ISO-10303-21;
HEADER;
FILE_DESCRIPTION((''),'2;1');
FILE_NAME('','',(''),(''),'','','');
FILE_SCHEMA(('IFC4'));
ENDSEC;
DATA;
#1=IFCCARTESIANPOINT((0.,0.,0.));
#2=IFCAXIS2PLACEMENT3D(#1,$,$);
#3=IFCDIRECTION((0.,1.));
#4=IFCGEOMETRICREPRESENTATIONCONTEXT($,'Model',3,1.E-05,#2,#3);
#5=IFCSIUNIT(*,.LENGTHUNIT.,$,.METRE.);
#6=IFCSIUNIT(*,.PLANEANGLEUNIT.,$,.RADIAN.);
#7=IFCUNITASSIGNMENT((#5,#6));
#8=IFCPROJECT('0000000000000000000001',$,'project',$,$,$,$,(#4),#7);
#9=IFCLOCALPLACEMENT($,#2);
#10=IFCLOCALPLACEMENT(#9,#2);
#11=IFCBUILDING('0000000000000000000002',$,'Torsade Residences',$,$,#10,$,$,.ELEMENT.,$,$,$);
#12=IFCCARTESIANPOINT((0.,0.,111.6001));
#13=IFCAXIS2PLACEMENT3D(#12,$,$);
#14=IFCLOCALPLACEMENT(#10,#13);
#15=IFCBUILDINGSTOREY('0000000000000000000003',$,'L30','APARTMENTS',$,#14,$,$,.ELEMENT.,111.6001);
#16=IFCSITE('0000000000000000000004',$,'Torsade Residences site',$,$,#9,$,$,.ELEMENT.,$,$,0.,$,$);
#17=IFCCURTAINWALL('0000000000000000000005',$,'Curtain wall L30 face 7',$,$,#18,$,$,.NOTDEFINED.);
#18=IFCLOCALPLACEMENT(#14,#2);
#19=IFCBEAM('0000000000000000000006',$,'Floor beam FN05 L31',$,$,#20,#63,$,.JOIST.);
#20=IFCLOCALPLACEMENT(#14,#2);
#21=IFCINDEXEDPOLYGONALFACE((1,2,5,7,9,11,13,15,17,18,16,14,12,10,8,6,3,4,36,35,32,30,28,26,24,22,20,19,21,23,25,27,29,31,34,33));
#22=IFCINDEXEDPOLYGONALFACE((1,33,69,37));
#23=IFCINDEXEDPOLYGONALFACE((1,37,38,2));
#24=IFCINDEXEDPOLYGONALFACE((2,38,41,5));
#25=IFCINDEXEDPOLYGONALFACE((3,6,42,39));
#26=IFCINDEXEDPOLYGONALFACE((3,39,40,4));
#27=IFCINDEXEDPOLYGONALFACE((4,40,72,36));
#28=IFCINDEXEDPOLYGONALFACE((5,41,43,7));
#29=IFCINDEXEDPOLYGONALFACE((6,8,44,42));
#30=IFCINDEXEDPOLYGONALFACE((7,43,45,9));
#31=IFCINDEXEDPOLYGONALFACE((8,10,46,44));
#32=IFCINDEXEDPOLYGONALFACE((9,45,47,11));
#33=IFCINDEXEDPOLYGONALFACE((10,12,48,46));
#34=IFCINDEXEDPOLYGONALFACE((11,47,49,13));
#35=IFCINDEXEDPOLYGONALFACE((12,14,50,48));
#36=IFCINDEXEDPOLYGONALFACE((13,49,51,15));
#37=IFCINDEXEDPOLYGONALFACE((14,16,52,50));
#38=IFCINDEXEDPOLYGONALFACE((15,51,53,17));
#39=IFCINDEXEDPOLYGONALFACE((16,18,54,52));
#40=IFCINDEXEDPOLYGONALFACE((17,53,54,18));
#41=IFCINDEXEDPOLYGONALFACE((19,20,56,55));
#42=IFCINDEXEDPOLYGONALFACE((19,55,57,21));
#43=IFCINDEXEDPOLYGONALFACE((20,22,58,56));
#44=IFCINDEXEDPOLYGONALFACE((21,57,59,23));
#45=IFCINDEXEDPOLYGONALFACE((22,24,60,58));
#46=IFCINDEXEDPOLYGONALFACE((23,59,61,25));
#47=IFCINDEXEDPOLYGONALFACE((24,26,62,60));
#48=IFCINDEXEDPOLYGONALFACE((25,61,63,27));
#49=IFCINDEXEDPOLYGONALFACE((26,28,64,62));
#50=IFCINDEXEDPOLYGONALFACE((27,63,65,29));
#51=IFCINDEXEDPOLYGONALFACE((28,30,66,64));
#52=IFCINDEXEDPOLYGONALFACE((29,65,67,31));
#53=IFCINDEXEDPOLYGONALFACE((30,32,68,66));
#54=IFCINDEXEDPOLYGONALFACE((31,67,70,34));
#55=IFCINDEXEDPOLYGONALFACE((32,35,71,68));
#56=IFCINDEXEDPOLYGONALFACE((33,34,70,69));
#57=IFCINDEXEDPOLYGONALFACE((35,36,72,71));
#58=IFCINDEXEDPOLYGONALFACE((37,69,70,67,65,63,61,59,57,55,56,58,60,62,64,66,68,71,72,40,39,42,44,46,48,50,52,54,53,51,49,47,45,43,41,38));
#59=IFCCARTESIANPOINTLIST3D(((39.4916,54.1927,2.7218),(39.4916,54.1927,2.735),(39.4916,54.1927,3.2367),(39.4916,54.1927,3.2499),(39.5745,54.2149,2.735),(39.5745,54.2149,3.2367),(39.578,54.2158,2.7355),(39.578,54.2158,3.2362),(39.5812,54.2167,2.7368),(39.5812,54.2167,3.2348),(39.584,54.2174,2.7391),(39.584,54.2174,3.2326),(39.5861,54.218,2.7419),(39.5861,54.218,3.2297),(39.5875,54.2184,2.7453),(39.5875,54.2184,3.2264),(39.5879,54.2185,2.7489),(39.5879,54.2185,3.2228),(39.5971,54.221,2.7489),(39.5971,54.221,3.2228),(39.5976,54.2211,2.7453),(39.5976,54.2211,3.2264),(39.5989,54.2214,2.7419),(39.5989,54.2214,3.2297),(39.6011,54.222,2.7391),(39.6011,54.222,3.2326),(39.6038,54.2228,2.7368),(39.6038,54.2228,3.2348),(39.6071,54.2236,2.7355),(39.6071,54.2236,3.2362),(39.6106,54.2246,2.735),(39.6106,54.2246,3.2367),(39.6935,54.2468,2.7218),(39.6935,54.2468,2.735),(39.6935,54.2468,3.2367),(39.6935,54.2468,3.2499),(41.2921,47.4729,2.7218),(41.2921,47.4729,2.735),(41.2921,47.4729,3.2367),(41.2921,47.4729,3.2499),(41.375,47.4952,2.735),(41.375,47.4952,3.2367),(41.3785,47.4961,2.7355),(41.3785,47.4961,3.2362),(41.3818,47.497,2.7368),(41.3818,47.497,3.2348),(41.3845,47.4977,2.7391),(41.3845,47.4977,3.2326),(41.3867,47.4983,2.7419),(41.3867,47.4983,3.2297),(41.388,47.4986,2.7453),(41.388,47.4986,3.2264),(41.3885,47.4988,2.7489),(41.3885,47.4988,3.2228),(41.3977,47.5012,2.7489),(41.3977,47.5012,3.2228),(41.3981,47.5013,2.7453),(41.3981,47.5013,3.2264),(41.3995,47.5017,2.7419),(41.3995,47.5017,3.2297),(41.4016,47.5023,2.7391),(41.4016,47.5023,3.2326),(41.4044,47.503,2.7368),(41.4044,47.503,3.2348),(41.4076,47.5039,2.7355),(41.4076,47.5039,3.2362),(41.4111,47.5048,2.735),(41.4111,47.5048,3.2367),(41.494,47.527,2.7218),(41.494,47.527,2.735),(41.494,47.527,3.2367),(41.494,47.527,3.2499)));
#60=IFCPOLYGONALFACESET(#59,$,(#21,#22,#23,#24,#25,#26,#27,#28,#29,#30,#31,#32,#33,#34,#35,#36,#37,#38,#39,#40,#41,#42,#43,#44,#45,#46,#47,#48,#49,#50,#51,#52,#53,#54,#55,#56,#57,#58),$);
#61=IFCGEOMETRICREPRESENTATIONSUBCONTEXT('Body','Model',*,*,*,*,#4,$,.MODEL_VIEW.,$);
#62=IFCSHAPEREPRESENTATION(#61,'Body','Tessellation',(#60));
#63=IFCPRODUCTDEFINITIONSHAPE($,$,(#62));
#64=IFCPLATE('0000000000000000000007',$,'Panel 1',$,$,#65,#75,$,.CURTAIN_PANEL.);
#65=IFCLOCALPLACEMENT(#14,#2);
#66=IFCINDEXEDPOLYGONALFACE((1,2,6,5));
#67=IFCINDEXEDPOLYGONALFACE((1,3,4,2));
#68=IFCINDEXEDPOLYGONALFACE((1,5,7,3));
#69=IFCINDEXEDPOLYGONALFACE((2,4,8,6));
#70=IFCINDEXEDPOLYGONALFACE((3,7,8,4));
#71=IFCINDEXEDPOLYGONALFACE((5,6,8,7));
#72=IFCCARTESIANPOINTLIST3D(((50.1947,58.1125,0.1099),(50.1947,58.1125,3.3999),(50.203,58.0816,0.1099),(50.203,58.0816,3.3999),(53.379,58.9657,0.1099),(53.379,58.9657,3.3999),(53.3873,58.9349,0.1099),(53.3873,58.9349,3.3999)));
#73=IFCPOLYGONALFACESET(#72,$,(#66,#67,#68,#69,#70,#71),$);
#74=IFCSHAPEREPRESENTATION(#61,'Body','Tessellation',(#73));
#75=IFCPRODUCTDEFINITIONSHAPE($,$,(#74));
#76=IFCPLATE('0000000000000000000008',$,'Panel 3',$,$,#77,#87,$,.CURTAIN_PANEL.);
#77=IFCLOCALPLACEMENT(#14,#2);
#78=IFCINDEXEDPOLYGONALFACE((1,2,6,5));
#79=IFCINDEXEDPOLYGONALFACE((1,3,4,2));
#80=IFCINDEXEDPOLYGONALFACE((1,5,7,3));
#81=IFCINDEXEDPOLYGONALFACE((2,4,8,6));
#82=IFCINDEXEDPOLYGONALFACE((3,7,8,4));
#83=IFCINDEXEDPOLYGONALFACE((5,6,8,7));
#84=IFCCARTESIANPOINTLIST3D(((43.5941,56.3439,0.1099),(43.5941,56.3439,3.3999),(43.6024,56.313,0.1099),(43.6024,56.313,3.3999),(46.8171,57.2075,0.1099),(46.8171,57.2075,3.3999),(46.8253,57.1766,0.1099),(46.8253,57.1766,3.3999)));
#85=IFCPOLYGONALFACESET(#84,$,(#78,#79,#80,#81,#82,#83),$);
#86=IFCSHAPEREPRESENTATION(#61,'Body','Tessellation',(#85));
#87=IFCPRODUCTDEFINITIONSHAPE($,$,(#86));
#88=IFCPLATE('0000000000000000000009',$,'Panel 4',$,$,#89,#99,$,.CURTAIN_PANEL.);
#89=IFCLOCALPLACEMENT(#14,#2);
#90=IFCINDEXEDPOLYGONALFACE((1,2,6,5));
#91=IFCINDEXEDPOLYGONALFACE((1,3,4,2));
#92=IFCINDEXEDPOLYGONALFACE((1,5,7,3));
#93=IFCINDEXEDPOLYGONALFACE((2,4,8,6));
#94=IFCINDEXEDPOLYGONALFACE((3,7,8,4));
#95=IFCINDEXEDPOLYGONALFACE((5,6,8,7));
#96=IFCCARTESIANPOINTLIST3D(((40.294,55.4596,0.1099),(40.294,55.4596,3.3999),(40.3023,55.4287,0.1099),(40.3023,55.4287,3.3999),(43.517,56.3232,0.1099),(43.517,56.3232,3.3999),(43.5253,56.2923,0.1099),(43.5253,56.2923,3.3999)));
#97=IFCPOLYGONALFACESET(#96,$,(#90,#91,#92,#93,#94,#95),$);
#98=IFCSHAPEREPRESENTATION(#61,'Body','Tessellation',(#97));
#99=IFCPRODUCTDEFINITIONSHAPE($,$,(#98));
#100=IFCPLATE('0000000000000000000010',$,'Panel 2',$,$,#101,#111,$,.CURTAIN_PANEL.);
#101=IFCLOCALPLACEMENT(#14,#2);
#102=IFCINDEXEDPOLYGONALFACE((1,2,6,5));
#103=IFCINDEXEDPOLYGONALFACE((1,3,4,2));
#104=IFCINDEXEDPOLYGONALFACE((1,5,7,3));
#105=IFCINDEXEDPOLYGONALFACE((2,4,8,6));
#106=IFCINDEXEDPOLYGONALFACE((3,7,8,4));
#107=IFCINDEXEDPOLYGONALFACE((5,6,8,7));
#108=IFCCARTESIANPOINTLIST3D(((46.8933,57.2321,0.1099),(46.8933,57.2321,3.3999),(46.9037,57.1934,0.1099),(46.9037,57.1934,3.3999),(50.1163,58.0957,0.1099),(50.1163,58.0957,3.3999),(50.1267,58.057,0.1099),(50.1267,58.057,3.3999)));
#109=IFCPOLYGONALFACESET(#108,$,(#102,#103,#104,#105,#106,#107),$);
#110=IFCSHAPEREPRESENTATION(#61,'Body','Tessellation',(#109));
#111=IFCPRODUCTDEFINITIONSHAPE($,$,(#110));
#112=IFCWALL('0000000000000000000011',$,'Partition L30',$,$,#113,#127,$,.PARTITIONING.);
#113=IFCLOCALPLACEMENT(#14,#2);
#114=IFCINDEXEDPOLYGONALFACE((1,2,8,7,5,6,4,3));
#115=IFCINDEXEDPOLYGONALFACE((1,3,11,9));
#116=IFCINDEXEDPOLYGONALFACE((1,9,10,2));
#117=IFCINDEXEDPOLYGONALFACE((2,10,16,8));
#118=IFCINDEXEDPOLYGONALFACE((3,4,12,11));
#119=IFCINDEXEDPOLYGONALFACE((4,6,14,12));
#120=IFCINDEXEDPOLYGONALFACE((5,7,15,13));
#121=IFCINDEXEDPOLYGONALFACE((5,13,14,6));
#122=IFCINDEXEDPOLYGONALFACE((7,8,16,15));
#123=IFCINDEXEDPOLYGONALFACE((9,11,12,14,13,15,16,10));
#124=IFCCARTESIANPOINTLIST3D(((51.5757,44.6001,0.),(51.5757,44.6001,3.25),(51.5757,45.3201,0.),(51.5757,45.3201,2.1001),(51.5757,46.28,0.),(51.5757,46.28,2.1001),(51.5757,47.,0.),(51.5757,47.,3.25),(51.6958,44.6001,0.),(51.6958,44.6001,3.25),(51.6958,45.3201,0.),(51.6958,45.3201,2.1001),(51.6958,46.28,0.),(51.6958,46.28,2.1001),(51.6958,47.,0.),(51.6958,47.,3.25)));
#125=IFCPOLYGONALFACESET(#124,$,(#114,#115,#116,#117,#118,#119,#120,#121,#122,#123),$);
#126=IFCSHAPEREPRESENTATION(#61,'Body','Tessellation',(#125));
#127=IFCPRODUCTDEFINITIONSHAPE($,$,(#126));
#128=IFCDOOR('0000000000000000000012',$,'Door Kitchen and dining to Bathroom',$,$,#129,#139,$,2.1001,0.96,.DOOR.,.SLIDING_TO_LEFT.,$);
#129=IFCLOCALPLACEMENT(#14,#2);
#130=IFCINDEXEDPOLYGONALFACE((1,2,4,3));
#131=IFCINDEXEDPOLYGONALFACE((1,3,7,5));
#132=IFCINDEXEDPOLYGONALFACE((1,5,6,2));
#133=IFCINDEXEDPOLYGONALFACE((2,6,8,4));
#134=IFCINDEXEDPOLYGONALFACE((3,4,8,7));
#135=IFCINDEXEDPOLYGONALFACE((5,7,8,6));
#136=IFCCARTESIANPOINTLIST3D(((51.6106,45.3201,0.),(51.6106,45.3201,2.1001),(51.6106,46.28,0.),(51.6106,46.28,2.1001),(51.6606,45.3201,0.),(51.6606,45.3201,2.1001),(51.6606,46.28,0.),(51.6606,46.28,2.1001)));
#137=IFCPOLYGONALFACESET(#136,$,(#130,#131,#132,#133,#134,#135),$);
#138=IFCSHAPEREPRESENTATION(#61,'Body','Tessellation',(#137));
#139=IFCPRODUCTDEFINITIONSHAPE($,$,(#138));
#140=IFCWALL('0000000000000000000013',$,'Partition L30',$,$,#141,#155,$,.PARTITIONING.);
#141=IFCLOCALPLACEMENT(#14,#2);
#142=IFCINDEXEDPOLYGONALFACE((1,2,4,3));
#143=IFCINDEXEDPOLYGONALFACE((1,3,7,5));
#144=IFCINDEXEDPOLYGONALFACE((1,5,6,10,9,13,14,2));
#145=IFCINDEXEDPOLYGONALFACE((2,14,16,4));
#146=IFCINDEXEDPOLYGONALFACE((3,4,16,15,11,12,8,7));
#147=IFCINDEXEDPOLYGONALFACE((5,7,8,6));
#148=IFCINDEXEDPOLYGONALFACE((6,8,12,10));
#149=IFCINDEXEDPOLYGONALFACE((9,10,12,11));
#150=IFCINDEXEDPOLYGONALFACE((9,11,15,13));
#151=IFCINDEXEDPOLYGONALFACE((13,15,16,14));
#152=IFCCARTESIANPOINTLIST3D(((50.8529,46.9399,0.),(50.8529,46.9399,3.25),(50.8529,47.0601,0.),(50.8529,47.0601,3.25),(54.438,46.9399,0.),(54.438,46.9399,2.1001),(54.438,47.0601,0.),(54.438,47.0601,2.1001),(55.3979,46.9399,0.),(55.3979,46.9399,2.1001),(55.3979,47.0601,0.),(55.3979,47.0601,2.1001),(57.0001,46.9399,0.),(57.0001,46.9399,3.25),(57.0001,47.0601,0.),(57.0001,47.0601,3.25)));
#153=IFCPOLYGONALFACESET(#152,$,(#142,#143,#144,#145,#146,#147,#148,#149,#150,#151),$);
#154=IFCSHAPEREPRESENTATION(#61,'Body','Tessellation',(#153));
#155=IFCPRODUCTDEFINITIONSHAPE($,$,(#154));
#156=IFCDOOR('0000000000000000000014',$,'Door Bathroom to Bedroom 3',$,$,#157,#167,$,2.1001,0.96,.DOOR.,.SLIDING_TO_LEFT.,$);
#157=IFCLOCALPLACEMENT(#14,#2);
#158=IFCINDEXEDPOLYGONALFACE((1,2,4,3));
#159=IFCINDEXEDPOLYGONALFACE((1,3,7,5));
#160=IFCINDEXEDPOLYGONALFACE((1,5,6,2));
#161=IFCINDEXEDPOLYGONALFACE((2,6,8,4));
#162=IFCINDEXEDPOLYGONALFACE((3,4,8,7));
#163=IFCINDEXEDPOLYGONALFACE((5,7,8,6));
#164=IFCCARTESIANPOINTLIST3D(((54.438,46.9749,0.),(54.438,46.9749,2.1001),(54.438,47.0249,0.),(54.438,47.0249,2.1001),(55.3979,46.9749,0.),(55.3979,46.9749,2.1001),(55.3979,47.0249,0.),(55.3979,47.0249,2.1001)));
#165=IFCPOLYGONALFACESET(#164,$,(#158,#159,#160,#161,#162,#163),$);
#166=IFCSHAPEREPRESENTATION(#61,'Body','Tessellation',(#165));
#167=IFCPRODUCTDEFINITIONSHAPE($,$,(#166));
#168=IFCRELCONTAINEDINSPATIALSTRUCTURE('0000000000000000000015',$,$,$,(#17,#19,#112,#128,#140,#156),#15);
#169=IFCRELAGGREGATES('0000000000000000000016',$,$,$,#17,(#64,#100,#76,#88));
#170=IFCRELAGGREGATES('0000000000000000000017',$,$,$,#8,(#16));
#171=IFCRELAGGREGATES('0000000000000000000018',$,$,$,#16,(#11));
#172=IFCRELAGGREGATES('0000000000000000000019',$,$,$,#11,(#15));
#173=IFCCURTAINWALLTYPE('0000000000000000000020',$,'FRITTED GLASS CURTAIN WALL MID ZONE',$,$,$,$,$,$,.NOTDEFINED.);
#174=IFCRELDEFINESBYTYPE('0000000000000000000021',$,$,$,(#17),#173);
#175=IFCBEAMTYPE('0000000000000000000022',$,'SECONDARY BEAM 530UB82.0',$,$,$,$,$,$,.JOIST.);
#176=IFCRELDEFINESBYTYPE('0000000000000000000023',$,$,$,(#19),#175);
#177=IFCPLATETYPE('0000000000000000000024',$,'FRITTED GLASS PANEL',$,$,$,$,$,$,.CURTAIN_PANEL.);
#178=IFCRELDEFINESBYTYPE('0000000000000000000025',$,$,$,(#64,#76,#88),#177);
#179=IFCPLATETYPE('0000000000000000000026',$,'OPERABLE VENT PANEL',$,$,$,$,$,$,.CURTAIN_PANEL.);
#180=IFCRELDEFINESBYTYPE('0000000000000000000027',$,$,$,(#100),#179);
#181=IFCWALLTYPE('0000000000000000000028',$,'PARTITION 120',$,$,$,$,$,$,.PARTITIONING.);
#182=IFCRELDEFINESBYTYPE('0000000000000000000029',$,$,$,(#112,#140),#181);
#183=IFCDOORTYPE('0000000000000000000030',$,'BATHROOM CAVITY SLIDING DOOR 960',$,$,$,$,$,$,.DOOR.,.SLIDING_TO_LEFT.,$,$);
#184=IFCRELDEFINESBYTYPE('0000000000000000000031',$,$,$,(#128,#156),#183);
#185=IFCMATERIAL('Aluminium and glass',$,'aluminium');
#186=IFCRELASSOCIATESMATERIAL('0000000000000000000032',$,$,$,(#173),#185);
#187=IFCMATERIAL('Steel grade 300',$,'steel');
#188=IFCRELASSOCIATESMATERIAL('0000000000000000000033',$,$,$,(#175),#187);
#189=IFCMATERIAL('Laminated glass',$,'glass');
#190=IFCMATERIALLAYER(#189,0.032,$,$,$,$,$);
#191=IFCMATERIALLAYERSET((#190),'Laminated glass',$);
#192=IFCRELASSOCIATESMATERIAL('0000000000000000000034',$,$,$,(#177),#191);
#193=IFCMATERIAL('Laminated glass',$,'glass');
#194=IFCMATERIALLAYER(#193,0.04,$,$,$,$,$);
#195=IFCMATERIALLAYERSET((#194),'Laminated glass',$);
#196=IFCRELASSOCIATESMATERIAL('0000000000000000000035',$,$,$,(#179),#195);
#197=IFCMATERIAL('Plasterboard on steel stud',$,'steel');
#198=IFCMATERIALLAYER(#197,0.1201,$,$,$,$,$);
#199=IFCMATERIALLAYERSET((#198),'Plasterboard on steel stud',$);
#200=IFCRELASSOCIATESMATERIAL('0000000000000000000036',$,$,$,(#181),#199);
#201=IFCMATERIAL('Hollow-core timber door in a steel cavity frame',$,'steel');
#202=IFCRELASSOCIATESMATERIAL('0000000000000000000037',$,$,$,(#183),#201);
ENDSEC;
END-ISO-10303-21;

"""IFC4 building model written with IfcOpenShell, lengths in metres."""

from ifc_helpers import new_model, si_unit, direction, frame, frame_2d, origin, origin_2d, place, context, subcontext, project, spatial, rectangle, i_section, extrude, material, layer, layer_set, material_profile, profile_set, type_object, element, fill, aggregate, save


model = new_model("IFC4")

# Units and contexts
model_context = context("Model", 3, precision=1e-05, world=origin(), true_north=direction((0.0, 1.0)))
body_context = subcontext(model_context, "Body", "Model", "MODEL_VIEW")
ifc_project = project(units=[si_unit("LENGTHUNIT", "METRE"), si_unit("PLANEANGLEUNIT", "RADIAN")], contexts=[model_context])

# Site, building, storey
site_placement = place(None, origin())
site = spatial("IfcSite", under=ifc_project, at=site_placement, Name="Torsade Residences site", CompositionType="ELEMENT", RefElevation=0.0)
building_placement = place(site_placement, origin())
building = spatial("IfcBuilding", under=site, at=building_placement, Name="Torsade Residences", CompositionType="ELEMENT")
storey_placement = place(building_placement, frame((0.0, 0.0, 111.6001)))
storey = spatial("IfcBuildingStorey", under=building, at=storey_placement, Name="L30", Description="APARTMENTS", CompositionType="ELEMENT", Elevation=111.6001)

# Curtain wall
ifc_material_1 = material(Name="Aluminium and glass", Category="aluminium")
curtain_wall_type = type_object("IfcCurtainWallType", Name="FRITTED GLASS CURTAIN WALL MID ZONE", PredefinedType="NOTDEFINED", material=ifc_material_1)
curtain_wall_placement = place(storey_placement, origin())
curtain_wall = element("IfcCurtainWall", 1, at=curtain_wall_placement, inside=storey, type_object=curtain_wall_type, Name="Curtain wall L30 face 7", PredefinedType="NOTDEFINED")

# Beam
ifc_material_2 = material(Name="Steel grade 300", Category="steel")
ifc_material_profile_1 = material_profile(ifc_material_2, i_section(OverallWidth=0.209, OverallDepth=0.5281, WebThickness=0.0095, FlangeThickness=0.0132, FilletRadius=0.0139, at=origin_2d()), Name="530UB82.0")
ifc_profile_set_1 = profile_set([ifc_material_profile_1], Name="Steel grade 300")
beam_type_1 = type_object("IfcBeamType", Name="SECONDARY BEAM 530UB82.0", PredefinedType="JOIST", material=ifc_profile_set_1)
beam_1_placement = place(storey_placement, frame((39.5925, 54.2197, 2.9858), z_axis=(0.258818, -0.965926, 0.0), x_axis=(0.965926, 0.258818, 0.0)))
element("IfcBeam", 2, at=beam_1_placement, inside=storey, type_object=beam_type_1, Name="Floor beam FN05 L31", PredefinedType="JOIST", context=body_context, shape_type="SweptSolid", body=[
    extrude(i_section(OverallWidth=0.209, OverallDepth=0.5281, WebThickness=0.0095, FlangeThickness=0.0132, FilletRadius=0.0139, at=origin_2d()), origin(), (0.0, 0.0, 1.0), 6.9568),
])

# Plates
ifc_material_3 = material(Name="Laminated glass", Category="glass")
ifc_layer_1 = layer(ifc_material_3, 0.032)
ifc_layer_set_1 = layer_set([ifc_layer_1], Name="Laminated glass")
plate_type_1 = type_object("IfcPlateType", Name="FRITTED GLASS PANEL", PredefinedType="CURTAIN_PANEL", material=ifc_layer_set_1)
plate_1_placement = place(storey_placement, frame((51.791, 58.5237, 0.1099), z_axis=(0.0, 0.0, 1.0), x_axis=(-0.965926, -0.258819, 0.0)))
plate_1 = element("IfcPlate", 3, at=plate_1_placement, type_object=plate_type_1, Name="Panel 1", PredefinedType="CURTAIN_PANEL", context=body_context, shape_type="SweptSolid", body=[
    extrude(rectangle(XDim=3.2966, YDim=0.032, at=origin_2d()), origin(), (0.0, 0.0, 1.0), 3.29),
])
plate_2_placement = place(storey_placement, frame((45.2097, 56.7603, 0.1099), z_axis=(0.0, 0.0, 1.0), x_axis=(-0.965926, -0.258819, 0.0)))
plate_2 = element("IfcPlate", 4, at=plate_2_placement, type_object=plate_type_1, Name="Panel 3", PredefinedType="CURTAIN_PANEL", context=body_context, shape_type="SweptSolid", body=[
    extrude(rectangle(XDim=3.3367, YDim=0.032, at=origin_2d()), origin(), (0.0, 0.0, 1.0), 3.29),
])
plate_3_placement = place(storey_placement, frame((41.9097, 55.876, 0.1099), z_axis=(0.0, 0.0, 1.0), x_axis=(-0.965926, -0.258819, 0.0)))
plate_3 = element("IfcPlate", 5, at=plate_3_placement, type_object=plate_type_1, Name="Panel 4", PredefinedType="CURTAIN_PANEL", context=body_context, shape_type="SweptSolid", body=[
    extrude(rectangle(XDim=3.3367, YDim=0.032, at=origin_2d()), origin(), (0.0, 0.0, 1.0), 3.29),
])
ifc_material_4 = material(Name="Laminated glass", Category="glass")
ifc_layer_2 = layer(ifc_material_4, 0.04)
ifc_layer_set_2 = layer_set([ifc_layer_2], Name="Laminated glass")
plate_type_2 = type_object("IfcPlateType", Name="OPERABLE VENT PANEL", PredefinedType="CURTAIN_PANEL", material=ifc_layer_set_2)
plate_4_placement = place(storey_placement, frame((48.51, 57.6445, 0.1099), z_axis=(0.0, 0.0, 1.0), x_axis=(-0.965926, -0.258819, 0.0)))
plate_4 = element("IfcPlate", 6, at=plate_4_placement, type_object=plate_type_2, Name="Panel 2", PredefinedType="CURTAIN_PANEL", context=body_context, shape_type="SweptSolid", body=[
    extrude(rectangle(XDim=3.3367, YDim=0.04, at=origin_2d()), origin(), (0.0, 0.0, 1.0), 3.29),
])
aggregate(curtain_wall, [plate_1, plate_4, plate_2, plate_3])

# Walls, openings, doors
ifc_material_5 = material(Name="Plasterboard on steel stud", Category="steel")
ifc_layer_3 = layer(ifc_material_5, 0.1201)
ifc_layer_set_3 = layer_set([ifc_layer_3], Name="Plasterboard on steel stud")
wall_type_1 = type_object("IfcWallType", Name="PARTITION 120", PredefinedType="PARTITIONING", material=ifc_layer_set_3)
wall_1_placement = place(storey_placement, frame((51.6357, 47.0, 0.0), z_axis=(0.0, 0.0, 1.0), x_axis=(0.0, -1.0, 0.0)))
wall_1 = element("IfcWall", 7, at=wall_1_placement, inside=storey, type_object=wall_type_1, Name="Partition L30", PredefinedType="PARTITIONING", context=body_context, shape_type="SweptSolid", body=[
    extrude(rectangle(XDim=2.3999, YDim=0.1201, at=frame_2d((1.2, 0.0))), origin(), (0.0, 0.0, 1.0), 3.25),
])
opening_1_placement = place(wall_1_placement, frame((0.72, 0.0, 0.0)))
opening_1 = element("IfcOpeningElement", 8, at=opening_1_placement, cuts=wall_1, PredefinedType="OPENING", context=body_context, shape_type="SweptSolid", body=[
    extrude(rectangle(XDim=0.96, YDim=2.1001, at=frame_2d((0.48, 1.05))), frame((0.0, 0.0701, 0.0), z_axis=(0.0, -1.0, 0.0), x_axis=(1.0, 0.0, 0.0)), (0.0, 0.0, 1.0), 0.1401),
])
ifc_material_6 = material(Name="Hollow-core timber door in a steel cavity frame", Category="steel")
door_type_1 = type_object("IfcDoorType", Name="BATHROOM CAVITY SLIDING DOOR 960", OperationType="SLIDING_TO_LEFT", PredefinedType="DOOR", material=ifc_material_6)
door_1_placement = place(opening_1_placement, origin())
door_1 = element("IfcDoor", 9, at=door_1_placement, inside=storey, type_object=door_type_1, Name="Door Kitchen and dining to Bathroom", OperationType="SLIDING_TO_LEFT", OverallHeight=2.1001, OverallWidth=0.96, PredefinedType="DOOR", context=body_context, shape_type="SweptSolid", body=[
    extrude(rectangle(XDim=0.96, YDim=2.1001, at=frame_2d((0.48, 1.05))), frame((0.0, 0.0249, 0.0), z_axis=(0.0, -1.0, 0.0), x_axis=(1.0, 0.0, 0.0)), (0.0, 0.0, 1.0), 0.05),
])
fill(opening_1, door_1)
wall_2_placement = place(storey_placement, frame((50.8528, 47.0, 0.0), z_axis=(0.0, 0.0, 1.0), x_axis=(1.0, 0.0, 0.0)))
wall_2 = element("IfcWall", 10, at=wall_2_placement, inside=storey, type_object=wall_type_1, Name="Partition L30", PredefinedType="PARTITIONING", context=body_context, shape_type="SweptSolid", body=[
    extrude(rectangle(XDim=6.1472, YDim=0.1201, at=frame_2d((3.0737, 0.0))), origin(), (0.0, 0.0, 1.0), 3.25),
])
opening_2_placement = place(wall_2_placement, frame((3.5852, 0.0, 0.0)))
opening_2 = element("IfcOpeningElement", 11, at=opening_2_placement, cuts=wall_2, PredefinedType="OPENING", context=body_context, shape_type="SweptSolid", body=[
    extrude(rectangle(XDim=0.96, YDim=2.1001, at=frame_2d((0.48, 1.05))), frame((0.0, 0.0701, 0.0), z_axis=(0.0, -1.0, 0.0), x_axis=(1.0, 0.0, 0.0)), (0.0, 0.0, 1.0), 0.1401),
])
door_2_placement = place(opening_2_placement, origin())
door_2 = element("IfcDoor", 12, at=door_2_placement, inside=storey, type_object=door_type_1, Name="Door Bathroom to Bedroom 3", OperationType="SLIDING_TO_LEFT", OverallHeight=2.1001, OverallWidth=0.96, PredefinedType="DOOR", context=body_context, shape_type="SweptSolid", body=[
    extrude(rectangle(XDim=0.96, YDim=2.1001, at=frame_2d((0.48, 1.05))), frame((0.0, 0.0249, 0.0), z_axis=(0.0, -1.0, 0.0), x_axis=(1.0, 0.0, 0.0)), (0.0, 0.0, 1.0), 0.05),
])
fill(opening_2, door_2)

save(model, "model.ifc")
